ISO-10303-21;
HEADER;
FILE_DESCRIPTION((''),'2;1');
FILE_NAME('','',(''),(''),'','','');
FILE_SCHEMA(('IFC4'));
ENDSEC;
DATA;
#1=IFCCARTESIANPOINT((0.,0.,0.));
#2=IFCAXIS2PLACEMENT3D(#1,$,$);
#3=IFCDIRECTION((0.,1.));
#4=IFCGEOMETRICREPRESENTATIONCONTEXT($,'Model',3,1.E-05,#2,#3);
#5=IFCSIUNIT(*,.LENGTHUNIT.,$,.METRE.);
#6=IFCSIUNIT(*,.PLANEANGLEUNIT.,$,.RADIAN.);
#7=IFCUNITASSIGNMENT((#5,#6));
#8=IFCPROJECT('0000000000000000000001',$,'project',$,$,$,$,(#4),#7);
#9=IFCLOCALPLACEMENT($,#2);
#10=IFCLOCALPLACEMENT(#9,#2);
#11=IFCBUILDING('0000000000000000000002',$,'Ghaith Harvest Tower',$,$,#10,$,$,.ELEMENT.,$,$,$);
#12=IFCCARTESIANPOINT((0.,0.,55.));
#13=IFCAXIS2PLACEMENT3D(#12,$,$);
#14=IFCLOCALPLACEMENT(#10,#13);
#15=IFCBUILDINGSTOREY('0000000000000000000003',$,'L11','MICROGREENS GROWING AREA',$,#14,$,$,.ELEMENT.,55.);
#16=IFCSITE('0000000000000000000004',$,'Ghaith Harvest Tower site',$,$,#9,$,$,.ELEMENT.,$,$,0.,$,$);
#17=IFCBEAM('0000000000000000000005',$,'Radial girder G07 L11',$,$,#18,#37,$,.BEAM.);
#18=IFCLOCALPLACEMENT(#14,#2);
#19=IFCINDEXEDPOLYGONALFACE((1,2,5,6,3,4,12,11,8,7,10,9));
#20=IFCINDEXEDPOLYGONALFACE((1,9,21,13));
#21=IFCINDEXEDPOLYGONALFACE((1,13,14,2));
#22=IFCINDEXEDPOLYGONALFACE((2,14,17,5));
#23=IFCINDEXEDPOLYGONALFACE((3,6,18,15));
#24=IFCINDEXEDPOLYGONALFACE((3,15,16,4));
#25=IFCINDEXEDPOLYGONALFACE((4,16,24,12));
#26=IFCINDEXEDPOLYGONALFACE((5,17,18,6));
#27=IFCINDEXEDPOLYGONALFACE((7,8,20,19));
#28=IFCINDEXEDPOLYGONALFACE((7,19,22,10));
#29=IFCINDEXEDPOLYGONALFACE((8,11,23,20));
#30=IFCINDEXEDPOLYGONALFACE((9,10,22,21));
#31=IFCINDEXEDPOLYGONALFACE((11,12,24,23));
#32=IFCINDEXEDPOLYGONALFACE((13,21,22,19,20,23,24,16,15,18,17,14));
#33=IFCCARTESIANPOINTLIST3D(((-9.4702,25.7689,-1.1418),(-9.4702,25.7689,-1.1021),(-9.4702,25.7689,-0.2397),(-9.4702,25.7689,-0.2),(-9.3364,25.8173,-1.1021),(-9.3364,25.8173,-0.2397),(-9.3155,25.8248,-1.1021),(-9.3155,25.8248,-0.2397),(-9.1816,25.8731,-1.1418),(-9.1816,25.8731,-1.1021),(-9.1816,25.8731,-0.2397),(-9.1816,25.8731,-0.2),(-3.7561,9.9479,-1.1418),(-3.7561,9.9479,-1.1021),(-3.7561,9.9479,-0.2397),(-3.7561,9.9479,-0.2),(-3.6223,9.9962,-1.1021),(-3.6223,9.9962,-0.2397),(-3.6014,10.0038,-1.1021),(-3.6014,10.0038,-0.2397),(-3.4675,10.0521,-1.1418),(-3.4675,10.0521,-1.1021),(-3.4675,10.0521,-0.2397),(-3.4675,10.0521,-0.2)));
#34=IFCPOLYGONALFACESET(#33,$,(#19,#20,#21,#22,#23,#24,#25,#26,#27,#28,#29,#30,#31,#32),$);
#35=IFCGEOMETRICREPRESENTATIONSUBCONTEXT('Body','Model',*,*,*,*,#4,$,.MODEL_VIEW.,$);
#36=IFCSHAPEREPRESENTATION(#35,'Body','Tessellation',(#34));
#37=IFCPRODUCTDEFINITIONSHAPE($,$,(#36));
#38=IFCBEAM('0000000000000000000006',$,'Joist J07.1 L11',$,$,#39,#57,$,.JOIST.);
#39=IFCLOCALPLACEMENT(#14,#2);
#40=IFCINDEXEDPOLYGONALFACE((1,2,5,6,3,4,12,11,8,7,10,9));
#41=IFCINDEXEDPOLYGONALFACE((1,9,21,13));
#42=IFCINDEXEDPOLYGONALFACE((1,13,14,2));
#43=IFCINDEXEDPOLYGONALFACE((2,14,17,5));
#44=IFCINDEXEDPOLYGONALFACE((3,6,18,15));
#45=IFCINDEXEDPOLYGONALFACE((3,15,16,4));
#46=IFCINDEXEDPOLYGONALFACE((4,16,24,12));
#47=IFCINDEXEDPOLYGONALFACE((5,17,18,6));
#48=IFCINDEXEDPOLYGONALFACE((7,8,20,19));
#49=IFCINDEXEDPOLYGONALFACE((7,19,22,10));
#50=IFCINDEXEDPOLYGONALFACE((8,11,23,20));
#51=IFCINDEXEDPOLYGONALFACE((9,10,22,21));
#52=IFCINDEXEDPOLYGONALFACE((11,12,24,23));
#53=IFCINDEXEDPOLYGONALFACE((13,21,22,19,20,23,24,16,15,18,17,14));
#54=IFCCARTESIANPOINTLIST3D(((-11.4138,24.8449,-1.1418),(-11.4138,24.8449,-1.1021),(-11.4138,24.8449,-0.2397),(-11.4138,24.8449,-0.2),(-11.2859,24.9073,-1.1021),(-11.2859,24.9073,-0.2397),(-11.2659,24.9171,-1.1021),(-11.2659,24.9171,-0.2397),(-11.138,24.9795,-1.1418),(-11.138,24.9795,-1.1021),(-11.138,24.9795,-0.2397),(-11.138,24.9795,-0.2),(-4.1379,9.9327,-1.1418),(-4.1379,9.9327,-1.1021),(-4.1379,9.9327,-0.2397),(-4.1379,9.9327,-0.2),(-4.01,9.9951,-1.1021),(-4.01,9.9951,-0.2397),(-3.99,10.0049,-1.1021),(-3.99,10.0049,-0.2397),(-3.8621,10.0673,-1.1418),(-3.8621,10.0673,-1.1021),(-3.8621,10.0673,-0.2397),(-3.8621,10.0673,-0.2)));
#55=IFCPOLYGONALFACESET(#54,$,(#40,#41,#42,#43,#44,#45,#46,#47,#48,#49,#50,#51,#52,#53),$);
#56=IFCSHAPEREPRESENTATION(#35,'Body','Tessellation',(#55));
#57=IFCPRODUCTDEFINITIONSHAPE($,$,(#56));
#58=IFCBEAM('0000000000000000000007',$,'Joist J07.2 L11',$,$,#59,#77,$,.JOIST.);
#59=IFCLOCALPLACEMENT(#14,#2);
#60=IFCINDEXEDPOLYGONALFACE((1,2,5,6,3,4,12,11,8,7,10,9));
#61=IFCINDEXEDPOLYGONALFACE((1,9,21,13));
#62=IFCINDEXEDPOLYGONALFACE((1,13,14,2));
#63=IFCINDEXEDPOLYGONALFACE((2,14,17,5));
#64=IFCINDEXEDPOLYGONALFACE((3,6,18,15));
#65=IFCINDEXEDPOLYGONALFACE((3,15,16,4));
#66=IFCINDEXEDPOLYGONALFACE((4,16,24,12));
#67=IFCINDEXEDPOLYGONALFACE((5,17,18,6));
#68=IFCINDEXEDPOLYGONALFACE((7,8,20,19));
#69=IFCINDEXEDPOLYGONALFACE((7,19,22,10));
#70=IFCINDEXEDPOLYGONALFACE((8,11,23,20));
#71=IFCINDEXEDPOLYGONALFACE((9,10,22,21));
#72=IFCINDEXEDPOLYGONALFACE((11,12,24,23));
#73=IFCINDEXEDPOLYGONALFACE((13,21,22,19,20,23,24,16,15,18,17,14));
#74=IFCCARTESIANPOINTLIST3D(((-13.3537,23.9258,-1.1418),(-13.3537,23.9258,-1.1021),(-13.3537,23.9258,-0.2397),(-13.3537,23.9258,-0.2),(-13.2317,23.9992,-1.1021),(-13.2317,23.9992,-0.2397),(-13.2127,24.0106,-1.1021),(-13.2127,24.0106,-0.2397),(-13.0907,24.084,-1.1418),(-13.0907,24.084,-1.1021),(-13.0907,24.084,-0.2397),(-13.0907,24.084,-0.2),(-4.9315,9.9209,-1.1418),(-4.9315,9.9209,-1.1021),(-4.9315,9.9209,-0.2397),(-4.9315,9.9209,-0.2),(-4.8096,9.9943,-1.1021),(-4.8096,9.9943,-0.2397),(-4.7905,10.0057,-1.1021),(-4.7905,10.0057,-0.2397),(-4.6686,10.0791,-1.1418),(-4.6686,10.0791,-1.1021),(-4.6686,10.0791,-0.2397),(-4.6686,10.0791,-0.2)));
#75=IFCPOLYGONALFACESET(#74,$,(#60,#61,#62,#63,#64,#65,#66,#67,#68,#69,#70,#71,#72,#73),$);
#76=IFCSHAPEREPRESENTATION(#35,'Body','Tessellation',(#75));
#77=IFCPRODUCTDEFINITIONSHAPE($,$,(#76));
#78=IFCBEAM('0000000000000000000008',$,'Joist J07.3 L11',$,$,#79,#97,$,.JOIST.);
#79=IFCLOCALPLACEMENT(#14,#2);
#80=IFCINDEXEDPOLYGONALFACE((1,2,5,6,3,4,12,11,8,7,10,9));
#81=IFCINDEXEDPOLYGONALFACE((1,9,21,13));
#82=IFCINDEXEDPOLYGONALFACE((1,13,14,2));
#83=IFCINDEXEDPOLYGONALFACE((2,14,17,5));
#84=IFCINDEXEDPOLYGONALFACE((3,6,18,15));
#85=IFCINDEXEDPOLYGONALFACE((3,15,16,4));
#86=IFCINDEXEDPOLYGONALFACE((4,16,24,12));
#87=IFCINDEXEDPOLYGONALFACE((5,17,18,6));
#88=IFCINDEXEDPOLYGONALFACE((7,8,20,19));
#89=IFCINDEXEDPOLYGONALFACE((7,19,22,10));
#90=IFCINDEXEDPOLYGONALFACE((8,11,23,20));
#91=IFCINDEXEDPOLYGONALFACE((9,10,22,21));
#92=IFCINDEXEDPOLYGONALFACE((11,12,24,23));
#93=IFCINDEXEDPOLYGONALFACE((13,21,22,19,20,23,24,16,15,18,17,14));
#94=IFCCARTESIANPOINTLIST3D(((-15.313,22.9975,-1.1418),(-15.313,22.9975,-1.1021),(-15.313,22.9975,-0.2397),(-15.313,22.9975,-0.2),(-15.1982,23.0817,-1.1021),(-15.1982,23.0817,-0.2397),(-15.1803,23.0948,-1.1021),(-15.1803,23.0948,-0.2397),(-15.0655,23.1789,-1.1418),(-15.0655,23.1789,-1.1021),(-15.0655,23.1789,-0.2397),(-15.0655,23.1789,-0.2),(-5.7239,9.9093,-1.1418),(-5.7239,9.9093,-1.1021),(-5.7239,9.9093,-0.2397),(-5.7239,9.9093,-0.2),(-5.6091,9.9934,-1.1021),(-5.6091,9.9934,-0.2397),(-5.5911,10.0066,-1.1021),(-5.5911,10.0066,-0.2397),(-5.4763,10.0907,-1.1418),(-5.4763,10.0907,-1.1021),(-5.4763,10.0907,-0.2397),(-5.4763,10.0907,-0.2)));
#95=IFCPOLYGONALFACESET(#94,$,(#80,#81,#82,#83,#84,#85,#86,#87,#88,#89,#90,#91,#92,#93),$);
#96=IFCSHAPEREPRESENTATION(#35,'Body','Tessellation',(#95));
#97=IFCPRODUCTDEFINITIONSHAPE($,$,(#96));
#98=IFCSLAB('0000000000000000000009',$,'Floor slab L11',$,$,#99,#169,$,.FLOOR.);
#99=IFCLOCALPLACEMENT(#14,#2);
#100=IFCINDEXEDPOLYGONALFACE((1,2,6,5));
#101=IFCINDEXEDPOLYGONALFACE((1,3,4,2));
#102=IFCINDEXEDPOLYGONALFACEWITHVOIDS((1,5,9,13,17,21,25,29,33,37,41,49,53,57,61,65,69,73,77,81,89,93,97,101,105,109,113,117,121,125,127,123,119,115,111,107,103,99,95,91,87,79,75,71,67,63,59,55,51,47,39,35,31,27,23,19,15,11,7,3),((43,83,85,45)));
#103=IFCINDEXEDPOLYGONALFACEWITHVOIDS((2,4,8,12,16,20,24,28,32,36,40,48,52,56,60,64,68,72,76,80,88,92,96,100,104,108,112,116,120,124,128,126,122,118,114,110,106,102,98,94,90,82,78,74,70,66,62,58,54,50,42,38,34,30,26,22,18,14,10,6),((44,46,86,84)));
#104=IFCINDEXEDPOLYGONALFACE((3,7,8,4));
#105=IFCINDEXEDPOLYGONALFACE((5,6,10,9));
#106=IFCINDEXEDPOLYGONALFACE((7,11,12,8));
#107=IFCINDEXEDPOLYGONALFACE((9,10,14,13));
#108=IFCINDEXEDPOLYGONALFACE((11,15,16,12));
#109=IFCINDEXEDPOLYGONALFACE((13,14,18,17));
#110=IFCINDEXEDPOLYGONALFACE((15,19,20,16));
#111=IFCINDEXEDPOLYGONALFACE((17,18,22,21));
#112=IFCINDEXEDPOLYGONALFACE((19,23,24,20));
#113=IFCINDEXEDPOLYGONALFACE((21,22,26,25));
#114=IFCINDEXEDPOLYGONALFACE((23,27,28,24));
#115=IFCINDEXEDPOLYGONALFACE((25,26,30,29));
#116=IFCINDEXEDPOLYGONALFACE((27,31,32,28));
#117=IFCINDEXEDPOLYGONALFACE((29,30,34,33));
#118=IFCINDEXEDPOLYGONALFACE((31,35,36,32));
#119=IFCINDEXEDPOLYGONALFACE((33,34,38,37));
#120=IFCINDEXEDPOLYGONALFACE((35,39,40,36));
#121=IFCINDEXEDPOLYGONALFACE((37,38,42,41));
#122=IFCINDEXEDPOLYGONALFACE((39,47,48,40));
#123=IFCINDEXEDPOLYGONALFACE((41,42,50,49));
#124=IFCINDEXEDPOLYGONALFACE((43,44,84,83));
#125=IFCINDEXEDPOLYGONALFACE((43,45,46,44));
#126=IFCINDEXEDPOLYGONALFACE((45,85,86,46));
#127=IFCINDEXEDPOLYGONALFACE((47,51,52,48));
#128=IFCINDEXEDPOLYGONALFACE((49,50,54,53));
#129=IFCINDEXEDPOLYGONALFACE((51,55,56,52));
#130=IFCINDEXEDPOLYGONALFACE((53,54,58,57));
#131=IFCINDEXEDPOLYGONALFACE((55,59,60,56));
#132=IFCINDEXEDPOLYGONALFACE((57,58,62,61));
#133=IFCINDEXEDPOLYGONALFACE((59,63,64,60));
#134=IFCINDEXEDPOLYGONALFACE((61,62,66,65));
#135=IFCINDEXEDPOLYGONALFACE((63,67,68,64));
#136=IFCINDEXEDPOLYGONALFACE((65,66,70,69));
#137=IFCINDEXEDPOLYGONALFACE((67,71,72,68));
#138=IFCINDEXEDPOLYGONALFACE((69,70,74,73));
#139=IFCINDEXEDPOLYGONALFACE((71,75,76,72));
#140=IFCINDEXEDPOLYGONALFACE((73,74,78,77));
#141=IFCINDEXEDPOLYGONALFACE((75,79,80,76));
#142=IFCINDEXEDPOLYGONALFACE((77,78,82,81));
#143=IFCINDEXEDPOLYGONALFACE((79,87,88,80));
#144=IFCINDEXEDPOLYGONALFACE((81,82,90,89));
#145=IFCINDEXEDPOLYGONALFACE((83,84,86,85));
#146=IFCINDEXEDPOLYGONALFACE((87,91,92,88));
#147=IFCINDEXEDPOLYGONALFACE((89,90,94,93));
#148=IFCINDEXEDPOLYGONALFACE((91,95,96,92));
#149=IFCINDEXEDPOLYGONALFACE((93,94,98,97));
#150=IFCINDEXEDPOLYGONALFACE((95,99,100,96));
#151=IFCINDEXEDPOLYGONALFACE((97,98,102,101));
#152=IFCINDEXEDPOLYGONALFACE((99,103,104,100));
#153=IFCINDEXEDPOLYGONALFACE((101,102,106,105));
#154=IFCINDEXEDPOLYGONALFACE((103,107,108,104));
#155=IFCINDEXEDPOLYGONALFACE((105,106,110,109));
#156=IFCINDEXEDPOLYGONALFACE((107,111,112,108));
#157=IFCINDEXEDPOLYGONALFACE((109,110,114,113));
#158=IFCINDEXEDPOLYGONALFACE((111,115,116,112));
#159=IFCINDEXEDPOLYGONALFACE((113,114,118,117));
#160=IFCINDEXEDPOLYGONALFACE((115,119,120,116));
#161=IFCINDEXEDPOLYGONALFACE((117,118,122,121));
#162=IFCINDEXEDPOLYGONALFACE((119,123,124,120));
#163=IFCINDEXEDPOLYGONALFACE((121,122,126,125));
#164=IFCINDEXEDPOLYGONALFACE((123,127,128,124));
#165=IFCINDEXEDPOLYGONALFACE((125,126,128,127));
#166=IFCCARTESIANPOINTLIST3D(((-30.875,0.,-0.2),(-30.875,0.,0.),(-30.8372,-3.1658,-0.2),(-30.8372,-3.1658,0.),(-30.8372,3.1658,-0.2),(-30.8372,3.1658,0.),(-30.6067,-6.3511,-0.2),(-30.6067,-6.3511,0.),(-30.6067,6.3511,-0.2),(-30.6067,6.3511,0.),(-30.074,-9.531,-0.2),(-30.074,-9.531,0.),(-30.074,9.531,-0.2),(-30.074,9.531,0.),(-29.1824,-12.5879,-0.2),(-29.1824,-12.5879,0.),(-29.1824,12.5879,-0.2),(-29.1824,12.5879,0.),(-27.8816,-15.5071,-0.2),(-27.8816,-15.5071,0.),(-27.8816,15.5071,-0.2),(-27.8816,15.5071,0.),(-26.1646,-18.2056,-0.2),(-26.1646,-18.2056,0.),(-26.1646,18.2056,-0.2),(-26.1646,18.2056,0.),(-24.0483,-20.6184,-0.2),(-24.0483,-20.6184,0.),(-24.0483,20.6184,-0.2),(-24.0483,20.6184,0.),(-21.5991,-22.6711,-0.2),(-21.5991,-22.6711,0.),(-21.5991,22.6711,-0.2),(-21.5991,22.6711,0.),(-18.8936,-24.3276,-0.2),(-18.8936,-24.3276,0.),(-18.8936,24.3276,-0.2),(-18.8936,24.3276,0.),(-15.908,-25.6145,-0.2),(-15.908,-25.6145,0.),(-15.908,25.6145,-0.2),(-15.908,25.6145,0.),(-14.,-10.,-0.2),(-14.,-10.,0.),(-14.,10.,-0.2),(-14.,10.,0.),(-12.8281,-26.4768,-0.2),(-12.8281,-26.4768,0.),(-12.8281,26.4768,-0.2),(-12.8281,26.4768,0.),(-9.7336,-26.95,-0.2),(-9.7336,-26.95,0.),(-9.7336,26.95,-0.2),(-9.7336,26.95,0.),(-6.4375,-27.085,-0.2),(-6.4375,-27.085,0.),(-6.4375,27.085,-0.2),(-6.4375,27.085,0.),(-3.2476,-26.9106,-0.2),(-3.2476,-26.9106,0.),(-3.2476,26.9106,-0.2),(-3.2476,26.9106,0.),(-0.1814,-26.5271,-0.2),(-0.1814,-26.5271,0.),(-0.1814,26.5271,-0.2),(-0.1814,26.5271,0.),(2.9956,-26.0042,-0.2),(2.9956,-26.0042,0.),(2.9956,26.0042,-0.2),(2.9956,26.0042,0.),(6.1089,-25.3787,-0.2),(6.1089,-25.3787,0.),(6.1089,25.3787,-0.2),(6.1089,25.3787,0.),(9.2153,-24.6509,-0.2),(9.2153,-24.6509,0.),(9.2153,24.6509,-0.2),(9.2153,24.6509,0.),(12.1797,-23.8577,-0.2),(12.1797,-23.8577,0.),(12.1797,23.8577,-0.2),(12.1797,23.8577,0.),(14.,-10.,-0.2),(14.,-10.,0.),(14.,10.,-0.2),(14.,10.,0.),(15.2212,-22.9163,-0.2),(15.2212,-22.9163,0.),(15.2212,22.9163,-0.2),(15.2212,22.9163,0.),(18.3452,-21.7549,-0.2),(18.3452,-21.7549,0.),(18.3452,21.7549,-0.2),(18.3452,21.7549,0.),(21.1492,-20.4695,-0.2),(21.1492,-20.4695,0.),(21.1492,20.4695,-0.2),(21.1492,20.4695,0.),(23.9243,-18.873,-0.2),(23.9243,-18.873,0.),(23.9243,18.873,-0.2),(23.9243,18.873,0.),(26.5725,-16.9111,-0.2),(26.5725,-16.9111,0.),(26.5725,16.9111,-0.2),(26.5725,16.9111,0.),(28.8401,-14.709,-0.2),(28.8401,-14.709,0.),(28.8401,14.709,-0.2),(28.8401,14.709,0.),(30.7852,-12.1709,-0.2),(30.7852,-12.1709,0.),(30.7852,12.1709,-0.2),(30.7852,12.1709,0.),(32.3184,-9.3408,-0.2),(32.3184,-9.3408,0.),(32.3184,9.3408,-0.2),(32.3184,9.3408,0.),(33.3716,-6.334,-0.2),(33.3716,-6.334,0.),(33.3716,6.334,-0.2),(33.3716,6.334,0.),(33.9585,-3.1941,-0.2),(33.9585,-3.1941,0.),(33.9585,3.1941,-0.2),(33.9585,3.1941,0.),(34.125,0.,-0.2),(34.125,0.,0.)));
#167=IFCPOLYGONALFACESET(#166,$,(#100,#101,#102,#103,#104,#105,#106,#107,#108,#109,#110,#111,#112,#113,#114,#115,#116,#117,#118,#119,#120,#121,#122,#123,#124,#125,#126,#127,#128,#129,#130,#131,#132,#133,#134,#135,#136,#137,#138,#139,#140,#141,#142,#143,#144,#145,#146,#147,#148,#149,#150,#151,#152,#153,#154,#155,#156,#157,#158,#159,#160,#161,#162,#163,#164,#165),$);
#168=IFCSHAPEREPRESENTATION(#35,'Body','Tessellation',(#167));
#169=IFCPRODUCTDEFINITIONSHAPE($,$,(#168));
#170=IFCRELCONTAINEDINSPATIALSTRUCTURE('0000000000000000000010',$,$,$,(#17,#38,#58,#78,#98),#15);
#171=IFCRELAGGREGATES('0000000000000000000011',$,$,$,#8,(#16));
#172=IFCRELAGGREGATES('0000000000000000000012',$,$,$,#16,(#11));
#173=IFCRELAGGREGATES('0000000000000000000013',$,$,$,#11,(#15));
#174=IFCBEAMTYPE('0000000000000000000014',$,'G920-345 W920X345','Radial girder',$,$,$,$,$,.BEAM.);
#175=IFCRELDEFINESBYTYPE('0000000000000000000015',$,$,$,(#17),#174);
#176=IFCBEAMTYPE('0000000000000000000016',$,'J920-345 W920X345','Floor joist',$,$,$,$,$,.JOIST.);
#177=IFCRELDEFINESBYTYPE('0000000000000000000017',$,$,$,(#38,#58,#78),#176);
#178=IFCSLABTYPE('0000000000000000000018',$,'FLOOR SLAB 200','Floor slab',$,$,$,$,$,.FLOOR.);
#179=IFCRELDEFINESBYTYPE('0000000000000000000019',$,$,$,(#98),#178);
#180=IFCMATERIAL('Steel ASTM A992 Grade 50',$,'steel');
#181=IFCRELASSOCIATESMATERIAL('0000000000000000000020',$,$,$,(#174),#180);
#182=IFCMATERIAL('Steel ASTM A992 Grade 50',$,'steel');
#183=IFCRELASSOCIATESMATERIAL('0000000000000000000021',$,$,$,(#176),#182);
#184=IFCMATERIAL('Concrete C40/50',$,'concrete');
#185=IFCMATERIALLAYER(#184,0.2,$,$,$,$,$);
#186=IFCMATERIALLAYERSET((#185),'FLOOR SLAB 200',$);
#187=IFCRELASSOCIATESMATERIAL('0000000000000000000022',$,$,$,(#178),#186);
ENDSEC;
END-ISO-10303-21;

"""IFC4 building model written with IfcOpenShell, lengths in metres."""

from ifc_helpers import new_model, si_unit, direction, frame, origin, origin_2d, place, context, subcontext, project, spatial, polyline, i_section, outline, extrude, material, layer, layer_set, material_profile, profile_set, type_object, element, save


model = new_model("IFC4")

# Units and contexts
model_context = context("Model", 3, precision=1e-05, world=origin(), true_north=direction((0.0, 1.0)))
body_context = subcontext(model_context, "Body", "Model", "MODEL_VIEW")
ifc_project = project(units=[si_unit("LENGTHUNIT", "METRE"), si_unit("PLANEANGLEUNIT", "RADIAN")], contexts=[model_context])

# Site, building, storey
site_placement = place(None, origin())
site = spatial("IfcSite", under=ifc_project, at=site_placement, Name="Ghaith Harvest Tower site", CompositionType="ELEMENT", RefElevation=0.0)
building_placement = place(site_placement, origin())
building = spatial("IfcBuilding", under=site, at=building_placement, Name="Ghaith Harvest Tower", CompositionType="ELEMENT")
storey_placement = place(building_placement, frame((0.0, 0.0, 55.0)))
storey = spatial("IfcBuildingStorey", under=building, at=storey_placement, Name="L11", Description="MICROGREENS GROWING AREA", CompositionType="ELEMENT", Elevation=55.0)

# Beams
ifc_material_1 = material(Name="Steel ASTM A992 Grade 50", Category="steel")
ifc_material_profile_1 = material_profile(ifc_material_1, i_section(OverallWidth=0.3069, OverallDepth=0.9419, WebThickness=0.0222, FlangeThickness=0.0398, at=origin_2d()), Name="W920X345")
ifc_profile_set_1 = profile_set([ifc_material_profile_1], Name="Steel ASTM A992 Grade 50")
beam_type_1 = type_object("IfcBeamType", Name="G920-345 W920X345", Description="Radial girder", PredefinedType="BEAM", material=ifc_profile_set_1)
beam_1_placement = place(storey_placement, frame((-3.6118, 10.0, -0.6709), z_axis=(-0.339695, 0.940536, 0.0), x_axis=(-0.940536, -0.339695, 0.0)))
element("IfcBeam", 1, at=beam_1_placement, inside=storey, type_object=beam_type_1, Name="Radial girder G07 L11", PredefinedType="BEAM", context=body_context, shape_type="SweptSolid", body=[
    extrude(i_section(OverallWidth=0.3069, OverallDepth=0.9419, WebThickness=0.0222, FlangeThickness=0.0398, at=origin_2d()), origin(), (0.0, 0.0, 1.0), 16.8213),
])
ifc_material_2 = material(Name="Steel ASTM A992 Grade 50", Category="steel")
ifc_material_profile_2 = material_profile(ifc_material_2, i_section(OverallWidth=0.3069, OverallDepth=0.9419, WebThickness=0.0222, FlangeThickness=0.0398, at=origin_2d()), Name="W920X345")
ifc_profile_set_2 = profile_set([ifc_material_profile_2], Name="Steel ASTM A992 Grade 50")
beam_type_2 = type_object("IfcBeamType", Name="J920-345 W920X345", Description="Floor joist", PredefinedType="JOIST", material=ifc_profile_set_2)
beam_2_placement = place(storey_placement, frame((-4.0, 10.0, -0.6709), z_axis=(-0.438505, 0.898729, 0.0), x_axis=(-0.898729, -0.438505, 0.0)))
element("IfcBeam", 2, at=beam_2_placement, inside=storey, type_object=beam_type_2, Name="Joist J07.1 L11", PredefinedType="JOIST", context=body_context, shape_type="SweptSolid", body=[
    extrude(i_section(OverallWidth=0.3069, OverallDepth=0.9419, WebThickness=0.0222, FlangeThickness=0.0398, at=origin_2d()), origin(), (0.0, 0.0, 1.0), 16.5925),
])
beam_3_placement = place(storey_placement, frame((-4.8, 10.0, -0.6709), z_axis=(-0.515359, 0.856974, 0.0), x_axis=(-0.856974, -0.515359, 0.0)))
element("IfcBeam", 3, at=beam_3_placement, inside=storey, type_object=beam_type_2, Name="Joist J07.2 L11", PredefinedType="JOIST", context=body_context, shape_type="SweptSolid", body=[
    extrude(i_section(OverallWidth=0.3069, OverallDepth=0.9419, WebThickness=0.0222, FlangeThickness=0.0398, at=origin_2d()), origin(), (0.0, 0.0, 1.0), 16.3423),
])
beam_4_placement = place(storey_placement, frame((-5.6001, 10.0, -0.6709), z_axis=(-0.591009, 0.806665, 0.0), x_axis=(-0.806665, -0.591009, 0.0)))
element("IfcBeam", 4, at=beam_4_placement, inside=storey, type_object=beam_type_2, Name="Joist J07.3 L11", PredefinedType="JOIST", context=body_context, shape_type="SweptSolid", body=[
    extrude(i_section(OverallWidth=0.3069, OverallDepth=0.9419, WebThickness=0.0222, FlangeThickness=0.0398, at=origin_2d()), origin(), (0.0, 0.0, 1.0), 16.2251),
])

# Slab
ifc_material_3 = material(Name="Concrete C40/50", Category="concrete")
ifc_layer_1 = layer(ifc_material_3, 0.2)
ifc_layer_set_1 = layer_set([ifc_layer_1], Name="FLOOR SLAB 200")
slab_type_1 = type_object("IfcSlabType", Name="FLOOR SLAB 200", Description="Floor slab", PredefinedType="FLOOR", material=ifc_layer_set_1)
slab_1_placement = place(storey_placement, frame((0.0, 0.0, -0.2)))
element("IfcSlab", 5, at=slab_1_placement, inside=storey, type_object=slab_type_1, Name="Floor slab L11", PredefinedType="FLOOR", context=body_context, shape_type="SweptSolid", body=[
    extrude(outline(polyline([(34.125, 0.0), (33.9585, 3.1941), (33.3716, 6.334), (32.3184, 9.3408), (30.7852, 12.1709), (28.8401, 14.709), (26.5725, 16.9111), (23.9243, 18.873), (21.1492, 20.4695), (18.3452, 21.7549), (15.2212, 22.9163), (12.1797, 23.8577), (9.2153, 24.6509), (6.1089, 25.3787), (2.9956, 26.0042), (-0.1814, 26.5271), (-3.2476, 26.9106), (-6.4375, 27.085), (-9.7336, 26.95), (-12.8281, 26.4768), (-15.908, 25.6145), (-18.8936, 24.3276), (-21.5991, 22.6711), (-24.0483, 20.6184), (-26.1646, 18.2056), (-27.8816, 15.5071), (-29.1824, 12.5879), (-30.074, 9.531), (-30.6067, 6.3511), (-30.8372, 3.1658), (-30.875, 0.0), (-30.8372, -3.1658), (-30.6067, -6.3511), (-30.074, -9.531), (-29.1824, -12.5879), (-27.8816, -15.5071), (-26.1646, -18.2056), (-24.0483, -20.6184), (-21.5991, -22.6711), (-18.8936, -24.3276), (-15.908, -25.6145), (-12.8281, -26.4768), (-9.7336, -26.95), (-6.4375, -27.085), (-3.2476, -26.9106), (-0.1814, -26.5271), (2.9956, -26.0042), (6.1089, -25.3787), (9.2153, -24.6509), (12.1797, -23.8577), (15.2212, -22.9163), (18.3452, -21.7549), (21.1492, -20.4695), (23.9243, -18.873), (26.5725, -16.9111), (28.8401, -14.709), (30.7852, -12.1709), (32.3184, -9.3408), (33.3716, -6.334), (33.9585, -3.1941), (34.125, 0.0)]), holes=[polyline([(-14.0, -10.0), (14.0, -10.0), (14.0, 10.0), (-14.0, 10.0), (-14.0, -10.0)])]), origin(), (0.0, 0.0, 1.0), 0.2),
])

save(model, "model.ifc")
